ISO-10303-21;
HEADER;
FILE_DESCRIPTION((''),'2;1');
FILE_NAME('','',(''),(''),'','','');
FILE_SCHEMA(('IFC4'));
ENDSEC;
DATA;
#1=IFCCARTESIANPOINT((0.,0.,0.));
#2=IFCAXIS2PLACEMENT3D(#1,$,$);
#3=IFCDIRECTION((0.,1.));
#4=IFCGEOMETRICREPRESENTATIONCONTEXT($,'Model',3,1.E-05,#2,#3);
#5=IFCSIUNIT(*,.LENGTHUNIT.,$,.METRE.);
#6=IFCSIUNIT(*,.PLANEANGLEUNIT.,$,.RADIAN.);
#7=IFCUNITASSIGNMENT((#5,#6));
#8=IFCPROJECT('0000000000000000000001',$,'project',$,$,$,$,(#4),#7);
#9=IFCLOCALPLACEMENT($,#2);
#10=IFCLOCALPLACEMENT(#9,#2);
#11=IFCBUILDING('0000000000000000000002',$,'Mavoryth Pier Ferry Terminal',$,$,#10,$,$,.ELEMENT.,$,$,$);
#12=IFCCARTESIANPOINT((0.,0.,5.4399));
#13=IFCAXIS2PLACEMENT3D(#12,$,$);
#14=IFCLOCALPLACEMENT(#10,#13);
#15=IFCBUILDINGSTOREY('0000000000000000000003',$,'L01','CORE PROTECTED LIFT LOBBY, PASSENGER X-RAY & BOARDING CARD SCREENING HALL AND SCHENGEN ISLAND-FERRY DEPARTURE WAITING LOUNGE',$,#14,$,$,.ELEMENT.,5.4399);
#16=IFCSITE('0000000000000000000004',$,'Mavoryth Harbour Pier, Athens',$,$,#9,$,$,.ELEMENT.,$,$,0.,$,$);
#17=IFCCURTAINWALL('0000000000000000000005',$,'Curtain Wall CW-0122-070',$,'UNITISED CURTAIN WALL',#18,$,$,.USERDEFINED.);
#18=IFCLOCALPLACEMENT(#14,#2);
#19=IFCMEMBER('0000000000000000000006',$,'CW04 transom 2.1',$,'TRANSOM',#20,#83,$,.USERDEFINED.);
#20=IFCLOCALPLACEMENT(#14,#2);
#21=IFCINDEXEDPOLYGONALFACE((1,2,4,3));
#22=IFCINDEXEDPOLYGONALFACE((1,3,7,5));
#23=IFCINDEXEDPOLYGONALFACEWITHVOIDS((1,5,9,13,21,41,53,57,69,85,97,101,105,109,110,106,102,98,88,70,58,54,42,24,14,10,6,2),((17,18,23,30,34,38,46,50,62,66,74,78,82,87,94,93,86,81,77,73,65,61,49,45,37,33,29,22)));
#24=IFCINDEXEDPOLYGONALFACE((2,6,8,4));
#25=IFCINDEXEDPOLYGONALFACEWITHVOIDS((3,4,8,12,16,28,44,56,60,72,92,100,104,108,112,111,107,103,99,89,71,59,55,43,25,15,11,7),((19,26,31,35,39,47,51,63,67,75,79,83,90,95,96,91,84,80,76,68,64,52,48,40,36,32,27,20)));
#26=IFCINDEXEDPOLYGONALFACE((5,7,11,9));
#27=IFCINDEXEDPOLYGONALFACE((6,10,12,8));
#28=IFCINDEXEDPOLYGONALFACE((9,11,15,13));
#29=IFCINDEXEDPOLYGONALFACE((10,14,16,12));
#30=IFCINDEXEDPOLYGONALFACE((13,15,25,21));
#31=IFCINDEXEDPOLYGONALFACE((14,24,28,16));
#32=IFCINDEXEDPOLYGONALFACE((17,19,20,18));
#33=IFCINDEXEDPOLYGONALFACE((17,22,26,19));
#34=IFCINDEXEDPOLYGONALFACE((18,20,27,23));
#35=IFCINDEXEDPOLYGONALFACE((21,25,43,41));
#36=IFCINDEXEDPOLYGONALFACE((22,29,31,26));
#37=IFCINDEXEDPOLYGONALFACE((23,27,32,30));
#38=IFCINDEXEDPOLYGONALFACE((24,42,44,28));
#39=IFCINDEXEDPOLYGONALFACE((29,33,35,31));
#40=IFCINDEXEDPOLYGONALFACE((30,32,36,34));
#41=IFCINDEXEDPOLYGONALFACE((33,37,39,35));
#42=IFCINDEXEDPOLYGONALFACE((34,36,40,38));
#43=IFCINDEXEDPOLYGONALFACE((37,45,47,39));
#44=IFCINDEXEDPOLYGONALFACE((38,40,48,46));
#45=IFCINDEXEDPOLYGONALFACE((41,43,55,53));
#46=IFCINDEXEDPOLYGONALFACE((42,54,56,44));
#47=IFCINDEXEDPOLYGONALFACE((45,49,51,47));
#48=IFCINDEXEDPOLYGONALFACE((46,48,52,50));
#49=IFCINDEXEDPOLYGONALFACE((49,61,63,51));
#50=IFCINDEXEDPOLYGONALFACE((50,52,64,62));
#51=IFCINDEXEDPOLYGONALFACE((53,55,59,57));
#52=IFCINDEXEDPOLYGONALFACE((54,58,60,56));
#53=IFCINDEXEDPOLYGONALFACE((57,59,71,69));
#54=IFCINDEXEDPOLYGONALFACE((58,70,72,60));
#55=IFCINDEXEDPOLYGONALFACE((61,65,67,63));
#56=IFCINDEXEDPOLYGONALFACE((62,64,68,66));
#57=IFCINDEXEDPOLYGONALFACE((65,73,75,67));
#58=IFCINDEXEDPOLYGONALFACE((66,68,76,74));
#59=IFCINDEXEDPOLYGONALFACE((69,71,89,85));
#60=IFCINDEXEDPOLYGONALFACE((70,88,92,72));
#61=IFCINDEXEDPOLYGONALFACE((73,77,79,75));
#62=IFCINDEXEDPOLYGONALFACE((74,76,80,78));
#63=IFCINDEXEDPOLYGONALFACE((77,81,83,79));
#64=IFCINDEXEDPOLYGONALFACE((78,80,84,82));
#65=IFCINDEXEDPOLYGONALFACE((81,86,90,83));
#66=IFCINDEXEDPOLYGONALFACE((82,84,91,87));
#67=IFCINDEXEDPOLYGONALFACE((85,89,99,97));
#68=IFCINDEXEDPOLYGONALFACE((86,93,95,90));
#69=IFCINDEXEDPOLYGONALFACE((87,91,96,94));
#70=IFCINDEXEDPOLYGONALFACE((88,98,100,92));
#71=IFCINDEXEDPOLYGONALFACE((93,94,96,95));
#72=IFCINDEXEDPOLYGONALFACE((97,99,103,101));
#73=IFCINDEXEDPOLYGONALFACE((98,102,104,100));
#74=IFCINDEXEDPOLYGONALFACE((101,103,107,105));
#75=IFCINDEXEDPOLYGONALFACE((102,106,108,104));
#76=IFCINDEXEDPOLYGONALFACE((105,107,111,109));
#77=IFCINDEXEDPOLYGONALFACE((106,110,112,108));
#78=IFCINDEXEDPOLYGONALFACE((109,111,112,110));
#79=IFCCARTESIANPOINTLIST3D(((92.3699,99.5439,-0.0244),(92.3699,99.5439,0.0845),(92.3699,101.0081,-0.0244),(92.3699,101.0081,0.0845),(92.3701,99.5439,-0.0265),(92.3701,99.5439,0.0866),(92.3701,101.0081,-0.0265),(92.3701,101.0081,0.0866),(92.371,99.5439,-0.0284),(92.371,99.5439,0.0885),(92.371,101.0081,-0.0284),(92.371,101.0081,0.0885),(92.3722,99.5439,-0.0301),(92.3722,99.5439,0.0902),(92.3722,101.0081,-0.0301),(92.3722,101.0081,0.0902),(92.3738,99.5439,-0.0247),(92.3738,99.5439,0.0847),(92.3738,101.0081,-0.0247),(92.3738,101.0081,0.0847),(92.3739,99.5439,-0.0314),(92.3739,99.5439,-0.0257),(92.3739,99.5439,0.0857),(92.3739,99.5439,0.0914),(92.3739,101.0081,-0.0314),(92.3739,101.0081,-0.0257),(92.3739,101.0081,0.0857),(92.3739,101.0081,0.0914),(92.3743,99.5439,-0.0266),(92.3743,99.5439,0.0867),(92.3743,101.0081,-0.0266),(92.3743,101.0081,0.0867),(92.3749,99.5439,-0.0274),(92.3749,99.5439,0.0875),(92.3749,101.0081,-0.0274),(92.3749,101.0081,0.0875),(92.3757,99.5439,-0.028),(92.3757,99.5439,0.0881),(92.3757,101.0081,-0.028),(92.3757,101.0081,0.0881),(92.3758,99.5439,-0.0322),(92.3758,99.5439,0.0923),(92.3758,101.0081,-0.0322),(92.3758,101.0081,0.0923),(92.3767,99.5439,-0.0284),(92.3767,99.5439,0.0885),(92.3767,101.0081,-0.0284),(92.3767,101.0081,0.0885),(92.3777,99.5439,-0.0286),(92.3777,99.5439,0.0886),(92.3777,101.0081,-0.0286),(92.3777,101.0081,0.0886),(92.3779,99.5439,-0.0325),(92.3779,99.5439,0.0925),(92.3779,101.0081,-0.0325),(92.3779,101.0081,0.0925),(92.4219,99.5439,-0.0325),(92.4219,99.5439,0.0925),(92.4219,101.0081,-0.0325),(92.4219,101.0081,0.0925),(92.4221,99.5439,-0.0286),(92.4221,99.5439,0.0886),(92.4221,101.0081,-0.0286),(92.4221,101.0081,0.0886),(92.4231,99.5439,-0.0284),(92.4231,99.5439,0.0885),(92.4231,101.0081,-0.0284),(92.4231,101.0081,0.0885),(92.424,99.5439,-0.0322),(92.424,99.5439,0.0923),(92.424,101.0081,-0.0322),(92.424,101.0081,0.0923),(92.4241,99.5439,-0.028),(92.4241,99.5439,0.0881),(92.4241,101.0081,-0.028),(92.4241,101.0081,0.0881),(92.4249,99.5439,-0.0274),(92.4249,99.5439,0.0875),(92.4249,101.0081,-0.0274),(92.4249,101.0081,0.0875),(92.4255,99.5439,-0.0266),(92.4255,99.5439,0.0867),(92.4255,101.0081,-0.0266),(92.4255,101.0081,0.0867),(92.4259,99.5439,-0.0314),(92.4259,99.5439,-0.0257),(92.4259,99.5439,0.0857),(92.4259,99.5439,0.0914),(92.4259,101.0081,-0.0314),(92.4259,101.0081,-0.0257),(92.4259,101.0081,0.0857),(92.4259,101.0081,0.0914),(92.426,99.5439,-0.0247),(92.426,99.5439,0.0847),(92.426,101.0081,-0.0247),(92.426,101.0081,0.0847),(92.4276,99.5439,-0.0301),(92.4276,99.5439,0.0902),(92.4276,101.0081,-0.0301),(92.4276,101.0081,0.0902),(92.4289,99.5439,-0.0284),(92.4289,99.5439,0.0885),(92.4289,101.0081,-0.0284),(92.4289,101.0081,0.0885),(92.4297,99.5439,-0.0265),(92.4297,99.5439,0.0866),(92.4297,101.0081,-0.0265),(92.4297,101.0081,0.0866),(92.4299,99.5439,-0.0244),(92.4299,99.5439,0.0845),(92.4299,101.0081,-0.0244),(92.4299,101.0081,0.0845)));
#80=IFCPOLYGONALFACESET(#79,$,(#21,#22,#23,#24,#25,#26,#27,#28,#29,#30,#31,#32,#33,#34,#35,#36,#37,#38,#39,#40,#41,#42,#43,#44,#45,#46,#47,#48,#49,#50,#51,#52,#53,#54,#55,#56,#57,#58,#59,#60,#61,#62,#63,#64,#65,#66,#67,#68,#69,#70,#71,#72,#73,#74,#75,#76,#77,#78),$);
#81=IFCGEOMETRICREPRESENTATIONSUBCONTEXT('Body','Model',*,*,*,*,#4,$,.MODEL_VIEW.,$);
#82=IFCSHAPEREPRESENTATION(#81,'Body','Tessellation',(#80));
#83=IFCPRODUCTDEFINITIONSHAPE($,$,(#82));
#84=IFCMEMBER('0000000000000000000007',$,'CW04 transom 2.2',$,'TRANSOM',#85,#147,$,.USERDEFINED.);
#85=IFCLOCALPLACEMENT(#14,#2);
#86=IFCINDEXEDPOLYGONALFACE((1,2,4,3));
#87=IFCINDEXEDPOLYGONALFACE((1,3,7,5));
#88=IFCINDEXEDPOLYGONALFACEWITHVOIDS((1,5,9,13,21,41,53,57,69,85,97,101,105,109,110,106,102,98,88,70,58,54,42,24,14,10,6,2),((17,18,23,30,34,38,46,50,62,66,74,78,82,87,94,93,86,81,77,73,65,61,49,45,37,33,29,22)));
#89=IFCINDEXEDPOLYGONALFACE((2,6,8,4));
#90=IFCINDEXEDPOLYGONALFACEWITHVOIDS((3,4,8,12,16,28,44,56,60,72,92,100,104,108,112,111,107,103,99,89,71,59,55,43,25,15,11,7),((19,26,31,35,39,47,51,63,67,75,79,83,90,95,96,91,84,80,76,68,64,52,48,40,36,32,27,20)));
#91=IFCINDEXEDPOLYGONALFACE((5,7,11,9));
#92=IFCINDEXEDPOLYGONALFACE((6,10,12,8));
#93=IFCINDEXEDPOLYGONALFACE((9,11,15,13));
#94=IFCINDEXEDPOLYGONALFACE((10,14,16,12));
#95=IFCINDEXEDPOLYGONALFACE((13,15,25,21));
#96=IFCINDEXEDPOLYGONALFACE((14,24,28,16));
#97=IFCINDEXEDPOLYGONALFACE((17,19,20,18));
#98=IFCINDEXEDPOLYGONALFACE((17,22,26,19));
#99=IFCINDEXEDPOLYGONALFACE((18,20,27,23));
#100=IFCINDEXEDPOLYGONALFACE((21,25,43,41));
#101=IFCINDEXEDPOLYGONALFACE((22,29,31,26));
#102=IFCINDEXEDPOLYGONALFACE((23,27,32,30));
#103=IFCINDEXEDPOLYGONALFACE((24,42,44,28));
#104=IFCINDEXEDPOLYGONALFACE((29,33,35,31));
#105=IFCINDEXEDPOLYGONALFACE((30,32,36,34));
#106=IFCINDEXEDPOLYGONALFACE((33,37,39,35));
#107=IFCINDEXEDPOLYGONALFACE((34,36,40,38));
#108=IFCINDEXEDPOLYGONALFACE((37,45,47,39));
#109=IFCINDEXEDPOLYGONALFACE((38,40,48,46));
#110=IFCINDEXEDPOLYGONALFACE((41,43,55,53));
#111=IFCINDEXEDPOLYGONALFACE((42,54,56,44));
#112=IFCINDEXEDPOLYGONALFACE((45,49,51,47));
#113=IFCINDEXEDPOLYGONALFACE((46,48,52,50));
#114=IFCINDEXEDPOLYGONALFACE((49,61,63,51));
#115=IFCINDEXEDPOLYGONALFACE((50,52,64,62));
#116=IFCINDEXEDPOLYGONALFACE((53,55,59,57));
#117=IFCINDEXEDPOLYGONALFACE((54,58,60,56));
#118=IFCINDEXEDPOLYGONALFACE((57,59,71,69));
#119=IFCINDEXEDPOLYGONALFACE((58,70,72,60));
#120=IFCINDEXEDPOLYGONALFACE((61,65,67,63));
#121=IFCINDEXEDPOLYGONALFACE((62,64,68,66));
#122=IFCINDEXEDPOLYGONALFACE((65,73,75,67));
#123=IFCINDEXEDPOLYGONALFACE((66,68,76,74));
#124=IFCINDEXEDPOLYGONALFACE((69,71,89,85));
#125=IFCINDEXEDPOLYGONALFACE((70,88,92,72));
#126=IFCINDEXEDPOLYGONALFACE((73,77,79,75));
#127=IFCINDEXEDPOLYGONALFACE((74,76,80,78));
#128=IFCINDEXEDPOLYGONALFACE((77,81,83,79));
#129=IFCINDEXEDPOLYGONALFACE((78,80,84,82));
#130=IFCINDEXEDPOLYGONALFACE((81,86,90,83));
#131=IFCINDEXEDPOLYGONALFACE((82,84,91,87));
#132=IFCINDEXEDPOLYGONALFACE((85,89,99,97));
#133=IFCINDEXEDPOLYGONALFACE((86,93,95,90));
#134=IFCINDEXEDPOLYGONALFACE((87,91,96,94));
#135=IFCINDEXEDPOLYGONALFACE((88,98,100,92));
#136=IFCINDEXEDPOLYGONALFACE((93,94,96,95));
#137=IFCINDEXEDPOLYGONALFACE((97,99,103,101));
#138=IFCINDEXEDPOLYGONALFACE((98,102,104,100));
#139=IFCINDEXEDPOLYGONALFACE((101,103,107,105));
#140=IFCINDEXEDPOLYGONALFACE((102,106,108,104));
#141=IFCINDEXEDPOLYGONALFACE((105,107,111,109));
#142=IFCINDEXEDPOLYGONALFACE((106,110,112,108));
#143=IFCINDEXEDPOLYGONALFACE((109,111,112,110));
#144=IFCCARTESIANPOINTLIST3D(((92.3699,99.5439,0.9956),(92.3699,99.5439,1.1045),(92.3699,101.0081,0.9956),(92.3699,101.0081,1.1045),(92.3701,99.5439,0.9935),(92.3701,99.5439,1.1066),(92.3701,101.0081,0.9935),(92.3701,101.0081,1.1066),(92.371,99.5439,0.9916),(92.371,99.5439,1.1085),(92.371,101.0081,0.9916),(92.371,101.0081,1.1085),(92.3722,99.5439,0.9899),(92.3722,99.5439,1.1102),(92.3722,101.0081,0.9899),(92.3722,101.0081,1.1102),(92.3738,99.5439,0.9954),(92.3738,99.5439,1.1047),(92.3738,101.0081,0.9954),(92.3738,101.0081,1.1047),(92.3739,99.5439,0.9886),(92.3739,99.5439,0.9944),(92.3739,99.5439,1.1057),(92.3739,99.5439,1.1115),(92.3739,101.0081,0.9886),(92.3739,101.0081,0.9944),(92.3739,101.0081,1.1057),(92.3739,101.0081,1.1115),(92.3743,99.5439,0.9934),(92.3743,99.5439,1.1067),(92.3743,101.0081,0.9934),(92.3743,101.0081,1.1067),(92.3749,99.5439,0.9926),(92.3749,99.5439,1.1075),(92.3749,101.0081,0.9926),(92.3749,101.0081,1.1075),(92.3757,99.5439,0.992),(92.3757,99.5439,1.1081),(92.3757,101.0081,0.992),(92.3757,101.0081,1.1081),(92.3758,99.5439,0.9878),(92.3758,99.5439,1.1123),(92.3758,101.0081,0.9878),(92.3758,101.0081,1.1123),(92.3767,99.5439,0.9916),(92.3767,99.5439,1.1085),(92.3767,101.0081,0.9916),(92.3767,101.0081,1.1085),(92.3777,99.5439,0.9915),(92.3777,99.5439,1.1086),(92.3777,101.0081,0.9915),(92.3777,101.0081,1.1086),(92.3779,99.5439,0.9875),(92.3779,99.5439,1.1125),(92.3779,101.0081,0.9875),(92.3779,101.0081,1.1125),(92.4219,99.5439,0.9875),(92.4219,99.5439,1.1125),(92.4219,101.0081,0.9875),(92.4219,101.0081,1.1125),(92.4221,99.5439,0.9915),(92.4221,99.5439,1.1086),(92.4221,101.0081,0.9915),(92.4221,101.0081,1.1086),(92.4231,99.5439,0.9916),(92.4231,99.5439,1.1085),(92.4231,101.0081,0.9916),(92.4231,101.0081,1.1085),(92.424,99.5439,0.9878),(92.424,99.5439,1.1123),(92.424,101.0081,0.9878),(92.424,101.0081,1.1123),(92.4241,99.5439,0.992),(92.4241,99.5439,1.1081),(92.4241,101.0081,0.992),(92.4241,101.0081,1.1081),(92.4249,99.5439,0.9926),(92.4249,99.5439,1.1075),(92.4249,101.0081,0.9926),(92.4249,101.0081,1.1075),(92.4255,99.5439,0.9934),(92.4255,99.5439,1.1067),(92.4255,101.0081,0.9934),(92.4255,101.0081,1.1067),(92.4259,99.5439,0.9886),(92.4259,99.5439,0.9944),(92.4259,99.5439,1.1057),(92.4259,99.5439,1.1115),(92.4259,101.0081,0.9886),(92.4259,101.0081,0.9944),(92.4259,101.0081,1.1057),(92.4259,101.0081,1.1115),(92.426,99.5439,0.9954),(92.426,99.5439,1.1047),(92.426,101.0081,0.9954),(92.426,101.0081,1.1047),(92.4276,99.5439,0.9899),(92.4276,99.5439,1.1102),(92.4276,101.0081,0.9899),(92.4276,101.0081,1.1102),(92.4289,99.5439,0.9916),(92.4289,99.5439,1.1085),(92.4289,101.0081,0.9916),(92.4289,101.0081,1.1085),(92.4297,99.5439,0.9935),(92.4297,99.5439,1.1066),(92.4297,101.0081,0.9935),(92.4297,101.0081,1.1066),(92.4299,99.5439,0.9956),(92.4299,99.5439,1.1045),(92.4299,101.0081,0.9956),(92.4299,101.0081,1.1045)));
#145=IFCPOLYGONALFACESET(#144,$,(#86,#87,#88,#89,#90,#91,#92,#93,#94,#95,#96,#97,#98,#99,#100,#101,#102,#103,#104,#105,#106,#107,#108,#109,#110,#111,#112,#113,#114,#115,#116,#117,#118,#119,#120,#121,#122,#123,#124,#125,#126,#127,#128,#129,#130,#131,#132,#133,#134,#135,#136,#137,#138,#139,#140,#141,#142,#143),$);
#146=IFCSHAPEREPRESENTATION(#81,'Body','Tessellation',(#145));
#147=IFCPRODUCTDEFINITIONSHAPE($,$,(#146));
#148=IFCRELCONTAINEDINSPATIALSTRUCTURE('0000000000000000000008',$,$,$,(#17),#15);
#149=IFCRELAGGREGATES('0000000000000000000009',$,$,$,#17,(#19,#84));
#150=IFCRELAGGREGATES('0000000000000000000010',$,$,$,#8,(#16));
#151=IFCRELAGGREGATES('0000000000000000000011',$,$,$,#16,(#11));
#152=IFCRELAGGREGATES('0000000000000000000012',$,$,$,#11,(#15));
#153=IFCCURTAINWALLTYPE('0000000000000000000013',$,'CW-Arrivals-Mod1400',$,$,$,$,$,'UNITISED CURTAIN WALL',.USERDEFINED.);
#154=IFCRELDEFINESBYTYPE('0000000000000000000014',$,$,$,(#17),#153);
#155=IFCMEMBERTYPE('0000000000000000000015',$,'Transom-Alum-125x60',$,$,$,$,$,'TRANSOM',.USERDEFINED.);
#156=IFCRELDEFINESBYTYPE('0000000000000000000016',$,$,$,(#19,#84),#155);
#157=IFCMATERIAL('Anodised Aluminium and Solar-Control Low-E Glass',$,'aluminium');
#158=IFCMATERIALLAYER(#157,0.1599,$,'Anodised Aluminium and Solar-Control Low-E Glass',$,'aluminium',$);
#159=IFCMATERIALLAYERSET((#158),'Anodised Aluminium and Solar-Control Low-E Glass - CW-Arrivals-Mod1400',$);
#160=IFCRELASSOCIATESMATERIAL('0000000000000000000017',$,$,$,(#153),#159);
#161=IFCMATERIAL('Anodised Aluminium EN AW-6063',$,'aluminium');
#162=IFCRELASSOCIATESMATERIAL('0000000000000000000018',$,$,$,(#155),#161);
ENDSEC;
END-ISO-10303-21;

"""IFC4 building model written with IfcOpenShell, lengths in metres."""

from ifc_helpers import new_model, si_unit, direction, frame, origin, origin_2d, place, context, subcontext, project, spatial, hollow_rectangle, extrude, material, layer, layer_set, material_profile, profile_set, type_object, element, aggregate, save


model = new_model("IFC4")

# Units and contexts
model_context = context("Model", 3, precision=1e-05, world=origin(), true_north=direction((0.0, 1.0)))
body_context = subcontext(model_context, "Body", "Model", "MODEL_VIEW")
ifc_project = project(units=[si_unit("LENGTHUNIT", "METRE"), si_unit("PLANEANGLEUNIT", "RADIAN")], contexts=[model_context])

# Site, building, storey
site_placement = place(None, origin())
site = spatial("IfcSite", under=ifc_project, at=site_placement, Name="Mavoryth Harbour Pier, Athens", CompositionType="ELEMENT", RefElevation=0.0)
building_placement = place(site_placement, origin())
building = spatial("IfcBuilding", under=site, at=building_placement, Name="Mavoryth Pier Ferry Terminal", CompositionType="ELEMENT")
storey_placement = place(building_placement, frame((0.0, 0.0, 5.4399)))
storey = spatial("IfcBuildingStorey", under=building, at=storey_placement, Name="L01", Description="CORE PROTECTED LIFT LOBBY, PASSENGER X-RAY & BOARDING CARD SCREENING HALL AND SCHENGEN ISLAND-FERRY DEPARTURE WAITING LOUNGE", CompositionType="ELEMENT", Elevation=5.4399)

# Shared definitions
ifc_material_1 = material(Name="Anodised Aluminium and Solar-Control Low-E Glass", Category="aluminium")
ifc_layer_1 = layer(ifc_material_1, 0.1599, Name="Anodised Aluminium and Solar-Control Low-E Glass", Category="aluminium")
ifc_layer_set_1 = layer_set([ifc_layer_1], Name="Anodised Aluminium and Solar-Control Low-E Glass - CW-Arrivals-Mod1400")
curtain_wall_type = type_object("IfcCurtainWallType", Name="CW-Arrivals-Mod1400", ElementType="UNITISED CURTAIN WALL", PredefinedType="USERDEFINED", material=ifc_layer_set_1)
ifc_material_2 = material(Name="Anodised Aluminium EN AW-6063", Category="aluminium")

# Curtain wall
curtain_wall_1_placement = place(storey_placement, origin())
curtain_wall_1 = element("IfcCurtainWall", 1, at=curtain_wall_1_placement, inside=storey, type_object=curtain_wall_type, Name="Curtain Wall CW-0122-070", ObjectType="UNITISED CURTAIN WALL", PredefinedType="USERDEFINED")

# Members
ifc_material_profile_1 = material_profile(ifc_material_2, hollow_rectangle(XDim=0.0601, YDim=0.125, WallThickness=0.0039, InnerFilletRadius=0.0039, OuterFilletRadius=0.0081, at=origin_2d()), Name="AL-TRAN 125x60x4", Category="aluminium")
ifc_profile_set_1 = profile_set([ifc_material_profile_1], Name="Anodised Aluminium EN AW-6063 - AL-TRAN 125x60x4")
member_type_1 = type_object("IfcMemberType", Name="Transom-Alum-125x60", ElementType="TRANSOM", PredefinedType="USERDEFINED", material=ifc_profile_set_1)
member_1_placement = place(storey_placement, frame((92.3999, 99.5439, 0.03), z_axis=(0.0, 1.0, 0.0), x_axis=(-1.0, 0.0, 0.0)))
member_1 = element("IfcMember", 2, at=member_1_placement, type_object=member_type_1, Name="CW04 transom 2.1", ObjectType="TRANSOM", PredefinedType="USERDEFINED", context=body_context, shape_type="SweptSolid", body=[
    extrude(hollow_rectangle(XDim=0.0601, YDim=0.125, WallThickness=0.0039, InnerFilletRadius=0.0039, OuterFilletRadius=0.0081, at=origin_2d()), origin(), (0.0, 0.0, 1.0), 1.4641),
])
member_2_placement = place(storey_placement, frame((92.3999, 99.5439, 1.05), z_axis=(0.0, 1.0, 0.0), x_axis=(-1.0, 0.0, 0.0)))
member_2 = element("IfcMember", 3, at=member_2_placement, type_object=member_type_1, Name="CW04 transom 2.2", ObjectType="TRANSOM", PredefinedType="USERDEFINED", context=body_context, shape_type="SweptSolid", body=[
    extrude(hollow_rectangle(XDim=0.0601, YDim=0.125, WallThickness=0.0039, InnerFilletRadius=0.0039, OuterFilletRadius=0.0081, at=origin_2d()), origin(), (0.0, 0.0, 1.0), 1.4641),
])

aggregate(curtain_wall_1, [member_1, member_2])

save(model, "model.ifc")
